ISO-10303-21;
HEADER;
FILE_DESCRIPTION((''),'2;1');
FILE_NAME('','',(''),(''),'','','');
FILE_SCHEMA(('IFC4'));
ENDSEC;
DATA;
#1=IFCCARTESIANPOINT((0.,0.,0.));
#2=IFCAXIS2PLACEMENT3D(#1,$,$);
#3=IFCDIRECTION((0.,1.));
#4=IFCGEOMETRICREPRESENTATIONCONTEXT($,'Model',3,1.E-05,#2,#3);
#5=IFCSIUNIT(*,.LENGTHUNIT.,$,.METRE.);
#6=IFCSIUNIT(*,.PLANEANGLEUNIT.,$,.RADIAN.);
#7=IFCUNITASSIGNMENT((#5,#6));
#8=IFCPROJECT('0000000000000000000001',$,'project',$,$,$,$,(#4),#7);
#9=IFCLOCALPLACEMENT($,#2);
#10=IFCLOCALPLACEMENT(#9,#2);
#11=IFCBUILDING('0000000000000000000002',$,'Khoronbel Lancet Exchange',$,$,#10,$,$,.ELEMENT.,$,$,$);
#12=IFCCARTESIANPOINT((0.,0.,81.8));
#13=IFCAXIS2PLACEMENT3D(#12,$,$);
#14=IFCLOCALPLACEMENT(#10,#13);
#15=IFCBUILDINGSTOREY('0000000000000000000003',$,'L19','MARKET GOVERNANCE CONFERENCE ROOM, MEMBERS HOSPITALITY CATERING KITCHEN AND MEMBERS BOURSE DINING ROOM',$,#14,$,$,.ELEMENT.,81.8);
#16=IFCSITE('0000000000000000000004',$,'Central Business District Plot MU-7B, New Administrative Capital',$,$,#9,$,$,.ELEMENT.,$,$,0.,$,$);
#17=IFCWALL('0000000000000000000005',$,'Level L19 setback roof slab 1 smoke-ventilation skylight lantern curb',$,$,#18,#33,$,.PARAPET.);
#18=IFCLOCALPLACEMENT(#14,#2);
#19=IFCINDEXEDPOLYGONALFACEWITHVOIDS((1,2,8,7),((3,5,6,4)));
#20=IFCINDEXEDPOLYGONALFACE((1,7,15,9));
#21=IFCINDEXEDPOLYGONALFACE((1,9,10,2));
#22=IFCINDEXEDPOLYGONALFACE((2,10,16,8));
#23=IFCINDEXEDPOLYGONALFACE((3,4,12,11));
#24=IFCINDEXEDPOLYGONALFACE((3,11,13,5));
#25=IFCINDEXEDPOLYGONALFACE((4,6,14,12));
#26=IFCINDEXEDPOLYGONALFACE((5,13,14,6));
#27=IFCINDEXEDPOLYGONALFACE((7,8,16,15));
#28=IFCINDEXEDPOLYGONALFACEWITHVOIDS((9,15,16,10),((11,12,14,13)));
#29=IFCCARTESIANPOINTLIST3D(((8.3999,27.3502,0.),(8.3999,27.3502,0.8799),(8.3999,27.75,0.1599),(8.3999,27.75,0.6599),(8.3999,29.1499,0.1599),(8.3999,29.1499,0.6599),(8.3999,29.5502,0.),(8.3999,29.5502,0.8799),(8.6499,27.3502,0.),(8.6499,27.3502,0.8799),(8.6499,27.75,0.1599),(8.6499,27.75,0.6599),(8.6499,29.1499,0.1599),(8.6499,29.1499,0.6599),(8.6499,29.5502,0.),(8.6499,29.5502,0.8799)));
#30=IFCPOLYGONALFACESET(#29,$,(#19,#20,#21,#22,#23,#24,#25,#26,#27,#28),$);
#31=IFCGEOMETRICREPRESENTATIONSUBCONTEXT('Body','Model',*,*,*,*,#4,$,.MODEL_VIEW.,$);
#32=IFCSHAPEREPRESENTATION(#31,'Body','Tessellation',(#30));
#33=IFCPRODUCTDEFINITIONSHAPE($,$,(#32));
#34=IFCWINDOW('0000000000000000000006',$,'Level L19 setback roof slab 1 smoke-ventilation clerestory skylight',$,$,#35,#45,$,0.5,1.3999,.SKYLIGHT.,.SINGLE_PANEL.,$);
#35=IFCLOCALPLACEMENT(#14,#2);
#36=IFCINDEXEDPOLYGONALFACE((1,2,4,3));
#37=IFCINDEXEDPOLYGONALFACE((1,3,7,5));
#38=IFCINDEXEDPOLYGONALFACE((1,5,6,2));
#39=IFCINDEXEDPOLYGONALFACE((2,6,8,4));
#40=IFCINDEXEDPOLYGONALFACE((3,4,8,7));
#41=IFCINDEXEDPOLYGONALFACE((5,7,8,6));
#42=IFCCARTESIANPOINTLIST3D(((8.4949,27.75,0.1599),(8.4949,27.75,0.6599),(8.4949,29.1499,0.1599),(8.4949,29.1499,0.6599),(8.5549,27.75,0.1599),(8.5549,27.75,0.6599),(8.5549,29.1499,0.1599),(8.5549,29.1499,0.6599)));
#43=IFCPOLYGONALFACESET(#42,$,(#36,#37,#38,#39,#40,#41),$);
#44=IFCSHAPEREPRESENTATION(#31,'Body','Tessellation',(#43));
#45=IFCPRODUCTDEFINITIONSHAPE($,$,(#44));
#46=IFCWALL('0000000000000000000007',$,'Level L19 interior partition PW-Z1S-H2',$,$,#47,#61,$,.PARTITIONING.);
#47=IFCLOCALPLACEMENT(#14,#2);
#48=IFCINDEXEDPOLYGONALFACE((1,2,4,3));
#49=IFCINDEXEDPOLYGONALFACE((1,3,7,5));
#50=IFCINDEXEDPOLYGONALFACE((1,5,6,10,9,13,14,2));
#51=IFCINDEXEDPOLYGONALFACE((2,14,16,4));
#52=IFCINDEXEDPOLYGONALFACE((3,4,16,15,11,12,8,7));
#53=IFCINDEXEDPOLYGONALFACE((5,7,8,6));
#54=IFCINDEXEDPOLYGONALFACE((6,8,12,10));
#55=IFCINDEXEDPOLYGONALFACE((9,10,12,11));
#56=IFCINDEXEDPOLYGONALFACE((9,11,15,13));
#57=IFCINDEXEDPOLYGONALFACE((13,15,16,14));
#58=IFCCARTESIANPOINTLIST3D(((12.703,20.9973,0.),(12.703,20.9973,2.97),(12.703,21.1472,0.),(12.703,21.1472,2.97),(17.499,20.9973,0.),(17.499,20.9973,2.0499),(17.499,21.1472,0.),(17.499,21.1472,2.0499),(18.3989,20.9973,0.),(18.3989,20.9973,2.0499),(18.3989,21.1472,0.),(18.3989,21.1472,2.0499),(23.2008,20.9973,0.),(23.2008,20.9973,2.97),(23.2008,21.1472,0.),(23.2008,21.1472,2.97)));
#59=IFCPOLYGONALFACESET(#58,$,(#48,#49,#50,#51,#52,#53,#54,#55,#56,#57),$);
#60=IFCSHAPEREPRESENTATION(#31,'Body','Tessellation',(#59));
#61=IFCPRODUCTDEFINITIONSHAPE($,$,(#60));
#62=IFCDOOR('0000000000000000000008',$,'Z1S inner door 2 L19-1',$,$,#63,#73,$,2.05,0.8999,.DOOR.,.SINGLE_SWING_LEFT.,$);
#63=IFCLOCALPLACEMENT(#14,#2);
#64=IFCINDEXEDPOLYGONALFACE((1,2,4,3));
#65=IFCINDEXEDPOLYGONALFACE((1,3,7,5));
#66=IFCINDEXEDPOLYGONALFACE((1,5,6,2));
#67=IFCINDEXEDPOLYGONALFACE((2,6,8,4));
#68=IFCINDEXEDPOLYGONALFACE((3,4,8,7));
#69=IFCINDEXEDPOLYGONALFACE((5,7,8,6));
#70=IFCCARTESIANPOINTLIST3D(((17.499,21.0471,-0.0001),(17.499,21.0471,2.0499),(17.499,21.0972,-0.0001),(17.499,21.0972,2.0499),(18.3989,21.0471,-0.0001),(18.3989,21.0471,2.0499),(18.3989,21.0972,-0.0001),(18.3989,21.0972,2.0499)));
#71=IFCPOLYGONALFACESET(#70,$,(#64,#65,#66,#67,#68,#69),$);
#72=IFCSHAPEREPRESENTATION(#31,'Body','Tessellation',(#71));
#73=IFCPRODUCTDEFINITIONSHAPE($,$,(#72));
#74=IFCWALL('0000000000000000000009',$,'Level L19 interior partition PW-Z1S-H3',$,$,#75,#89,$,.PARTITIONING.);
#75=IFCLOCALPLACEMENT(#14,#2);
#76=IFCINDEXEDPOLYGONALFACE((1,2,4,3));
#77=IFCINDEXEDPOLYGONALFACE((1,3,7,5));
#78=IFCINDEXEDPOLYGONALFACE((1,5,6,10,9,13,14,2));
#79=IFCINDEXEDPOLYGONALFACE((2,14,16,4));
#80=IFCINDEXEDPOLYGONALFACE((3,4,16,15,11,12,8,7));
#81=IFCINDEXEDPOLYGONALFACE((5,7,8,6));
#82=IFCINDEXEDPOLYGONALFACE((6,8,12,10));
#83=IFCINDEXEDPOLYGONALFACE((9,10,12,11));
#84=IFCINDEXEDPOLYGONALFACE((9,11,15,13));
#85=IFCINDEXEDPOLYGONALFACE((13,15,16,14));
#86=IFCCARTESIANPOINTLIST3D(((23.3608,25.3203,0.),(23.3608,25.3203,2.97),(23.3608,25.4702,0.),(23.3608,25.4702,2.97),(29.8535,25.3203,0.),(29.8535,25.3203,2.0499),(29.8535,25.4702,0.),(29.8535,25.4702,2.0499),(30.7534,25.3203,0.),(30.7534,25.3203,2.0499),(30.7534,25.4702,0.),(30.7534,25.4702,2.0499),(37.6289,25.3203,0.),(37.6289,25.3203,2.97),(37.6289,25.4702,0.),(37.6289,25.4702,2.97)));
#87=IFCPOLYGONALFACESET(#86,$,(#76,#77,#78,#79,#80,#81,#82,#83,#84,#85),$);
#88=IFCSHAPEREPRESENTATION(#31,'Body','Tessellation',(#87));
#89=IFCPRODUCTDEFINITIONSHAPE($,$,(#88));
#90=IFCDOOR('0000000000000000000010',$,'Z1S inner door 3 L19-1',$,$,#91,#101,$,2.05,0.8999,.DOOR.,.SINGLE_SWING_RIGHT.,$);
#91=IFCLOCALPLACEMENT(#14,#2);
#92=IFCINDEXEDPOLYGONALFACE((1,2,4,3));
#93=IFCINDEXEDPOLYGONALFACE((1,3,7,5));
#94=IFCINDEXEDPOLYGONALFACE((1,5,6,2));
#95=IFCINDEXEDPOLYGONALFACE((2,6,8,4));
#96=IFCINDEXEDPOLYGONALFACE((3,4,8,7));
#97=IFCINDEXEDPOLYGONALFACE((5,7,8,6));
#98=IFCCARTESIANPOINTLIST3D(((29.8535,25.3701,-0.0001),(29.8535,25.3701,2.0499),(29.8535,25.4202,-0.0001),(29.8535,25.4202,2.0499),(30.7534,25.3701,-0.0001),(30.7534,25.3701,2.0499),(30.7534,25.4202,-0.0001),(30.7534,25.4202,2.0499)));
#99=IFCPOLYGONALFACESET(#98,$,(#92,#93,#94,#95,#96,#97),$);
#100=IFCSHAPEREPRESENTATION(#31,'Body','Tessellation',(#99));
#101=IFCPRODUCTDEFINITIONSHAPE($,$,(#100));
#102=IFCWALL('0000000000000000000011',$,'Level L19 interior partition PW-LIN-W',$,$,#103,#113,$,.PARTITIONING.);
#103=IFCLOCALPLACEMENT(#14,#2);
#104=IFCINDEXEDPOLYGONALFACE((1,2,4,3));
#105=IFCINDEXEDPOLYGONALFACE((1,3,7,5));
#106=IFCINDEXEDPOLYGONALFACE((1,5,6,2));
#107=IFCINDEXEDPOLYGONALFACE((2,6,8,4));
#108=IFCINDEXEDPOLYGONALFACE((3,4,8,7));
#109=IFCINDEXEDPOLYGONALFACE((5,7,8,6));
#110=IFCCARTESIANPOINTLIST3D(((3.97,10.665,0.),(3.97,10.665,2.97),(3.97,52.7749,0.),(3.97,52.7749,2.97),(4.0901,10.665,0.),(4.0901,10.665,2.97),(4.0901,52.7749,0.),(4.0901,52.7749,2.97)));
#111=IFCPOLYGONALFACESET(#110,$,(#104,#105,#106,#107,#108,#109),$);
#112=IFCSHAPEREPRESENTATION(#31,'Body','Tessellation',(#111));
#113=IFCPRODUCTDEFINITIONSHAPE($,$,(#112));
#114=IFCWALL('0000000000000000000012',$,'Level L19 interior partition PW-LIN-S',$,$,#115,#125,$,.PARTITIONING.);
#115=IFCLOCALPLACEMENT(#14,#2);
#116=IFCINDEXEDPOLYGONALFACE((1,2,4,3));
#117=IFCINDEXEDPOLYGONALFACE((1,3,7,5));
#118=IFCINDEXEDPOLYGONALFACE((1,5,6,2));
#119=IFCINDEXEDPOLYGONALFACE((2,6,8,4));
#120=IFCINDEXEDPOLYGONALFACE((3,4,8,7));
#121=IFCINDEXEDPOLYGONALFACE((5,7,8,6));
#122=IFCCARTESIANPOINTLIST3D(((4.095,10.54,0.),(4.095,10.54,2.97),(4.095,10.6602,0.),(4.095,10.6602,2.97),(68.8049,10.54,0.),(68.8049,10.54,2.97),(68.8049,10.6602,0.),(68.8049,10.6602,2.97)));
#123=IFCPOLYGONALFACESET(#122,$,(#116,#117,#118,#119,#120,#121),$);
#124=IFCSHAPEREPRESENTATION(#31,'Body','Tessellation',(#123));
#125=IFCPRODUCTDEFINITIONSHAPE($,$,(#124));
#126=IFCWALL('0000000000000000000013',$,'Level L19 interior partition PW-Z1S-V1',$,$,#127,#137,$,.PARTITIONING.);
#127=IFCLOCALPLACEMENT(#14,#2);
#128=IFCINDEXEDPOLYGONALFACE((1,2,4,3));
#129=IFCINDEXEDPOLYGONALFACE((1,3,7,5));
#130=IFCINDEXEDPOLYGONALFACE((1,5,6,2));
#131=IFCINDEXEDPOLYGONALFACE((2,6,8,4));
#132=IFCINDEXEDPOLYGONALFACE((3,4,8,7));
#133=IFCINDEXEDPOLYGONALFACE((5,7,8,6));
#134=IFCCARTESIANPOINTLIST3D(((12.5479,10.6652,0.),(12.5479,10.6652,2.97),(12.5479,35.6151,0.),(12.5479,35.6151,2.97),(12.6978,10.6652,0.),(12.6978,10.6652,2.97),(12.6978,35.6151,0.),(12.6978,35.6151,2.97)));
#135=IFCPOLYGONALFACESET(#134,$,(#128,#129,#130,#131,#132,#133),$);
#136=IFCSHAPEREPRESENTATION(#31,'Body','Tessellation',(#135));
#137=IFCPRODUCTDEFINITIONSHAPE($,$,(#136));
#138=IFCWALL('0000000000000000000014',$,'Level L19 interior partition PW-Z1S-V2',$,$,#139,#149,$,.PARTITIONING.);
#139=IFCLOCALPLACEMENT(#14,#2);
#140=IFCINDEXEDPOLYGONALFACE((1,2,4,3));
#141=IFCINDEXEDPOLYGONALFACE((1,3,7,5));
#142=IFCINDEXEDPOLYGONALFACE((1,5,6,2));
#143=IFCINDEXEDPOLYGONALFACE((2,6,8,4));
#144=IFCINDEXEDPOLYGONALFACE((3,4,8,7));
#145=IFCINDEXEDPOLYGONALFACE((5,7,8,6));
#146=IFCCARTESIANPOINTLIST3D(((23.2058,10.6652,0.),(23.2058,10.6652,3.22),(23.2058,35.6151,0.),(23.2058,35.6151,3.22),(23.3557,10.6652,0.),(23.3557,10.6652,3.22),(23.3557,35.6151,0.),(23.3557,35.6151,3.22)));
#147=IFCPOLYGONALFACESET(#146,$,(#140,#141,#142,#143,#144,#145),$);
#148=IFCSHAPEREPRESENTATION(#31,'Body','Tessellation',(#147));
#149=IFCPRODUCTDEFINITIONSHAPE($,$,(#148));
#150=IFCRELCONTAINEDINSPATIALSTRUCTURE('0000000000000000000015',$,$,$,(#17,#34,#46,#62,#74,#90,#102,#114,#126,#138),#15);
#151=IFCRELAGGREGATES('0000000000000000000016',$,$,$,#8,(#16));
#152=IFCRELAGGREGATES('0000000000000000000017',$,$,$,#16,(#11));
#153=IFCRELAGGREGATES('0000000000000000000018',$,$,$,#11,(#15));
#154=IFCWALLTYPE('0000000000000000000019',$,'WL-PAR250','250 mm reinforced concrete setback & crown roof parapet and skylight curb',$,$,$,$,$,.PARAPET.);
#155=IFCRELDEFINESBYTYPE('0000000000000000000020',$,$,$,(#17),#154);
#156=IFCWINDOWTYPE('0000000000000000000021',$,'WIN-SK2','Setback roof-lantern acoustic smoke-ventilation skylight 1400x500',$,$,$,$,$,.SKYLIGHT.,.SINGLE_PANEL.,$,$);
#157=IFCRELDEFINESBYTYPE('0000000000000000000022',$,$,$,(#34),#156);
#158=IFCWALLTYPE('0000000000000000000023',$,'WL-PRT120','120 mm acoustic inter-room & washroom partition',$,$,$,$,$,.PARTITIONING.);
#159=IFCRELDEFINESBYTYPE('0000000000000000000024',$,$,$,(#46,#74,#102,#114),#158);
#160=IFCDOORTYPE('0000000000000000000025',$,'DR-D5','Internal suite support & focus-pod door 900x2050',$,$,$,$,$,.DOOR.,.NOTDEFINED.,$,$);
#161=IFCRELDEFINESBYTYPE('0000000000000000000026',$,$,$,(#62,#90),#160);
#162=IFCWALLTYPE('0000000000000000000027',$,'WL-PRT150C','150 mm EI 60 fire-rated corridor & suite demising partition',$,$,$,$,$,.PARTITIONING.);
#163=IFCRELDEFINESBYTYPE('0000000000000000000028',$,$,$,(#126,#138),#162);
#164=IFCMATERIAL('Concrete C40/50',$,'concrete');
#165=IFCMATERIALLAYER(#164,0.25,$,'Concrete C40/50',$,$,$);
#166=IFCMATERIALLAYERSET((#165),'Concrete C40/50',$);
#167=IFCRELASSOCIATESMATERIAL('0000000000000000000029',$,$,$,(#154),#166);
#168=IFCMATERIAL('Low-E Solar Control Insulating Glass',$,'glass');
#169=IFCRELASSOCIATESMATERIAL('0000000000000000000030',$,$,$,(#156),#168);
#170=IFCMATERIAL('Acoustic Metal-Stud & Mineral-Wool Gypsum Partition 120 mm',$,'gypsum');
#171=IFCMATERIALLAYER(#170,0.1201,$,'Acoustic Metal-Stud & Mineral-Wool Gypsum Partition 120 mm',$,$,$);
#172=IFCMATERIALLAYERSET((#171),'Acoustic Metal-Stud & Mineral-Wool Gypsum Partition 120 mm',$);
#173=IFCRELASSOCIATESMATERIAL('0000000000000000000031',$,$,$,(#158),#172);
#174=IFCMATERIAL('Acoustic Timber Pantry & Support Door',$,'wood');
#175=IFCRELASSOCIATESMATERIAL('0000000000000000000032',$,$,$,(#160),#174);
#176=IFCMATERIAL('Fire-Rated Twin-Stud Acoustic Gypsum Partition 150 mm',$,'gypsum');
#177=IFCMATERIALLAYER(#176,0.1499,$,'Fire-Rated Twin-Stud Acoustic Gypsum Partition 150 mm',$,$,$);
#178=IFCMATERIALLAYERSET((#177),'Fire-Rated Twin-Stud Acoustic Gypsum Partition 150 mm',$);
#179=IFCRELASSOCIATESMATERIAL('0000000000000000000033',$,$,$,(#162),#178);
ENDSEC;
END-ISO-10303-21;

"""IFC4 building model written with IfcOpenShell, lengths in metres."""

from ifc_helpers import new_model, si_unit, direction, frame, frame_2d, origin, place, context, subcontext, project, spatial, rectangle, extrude, material, layer, layer_set, type_object, element, fill, save


model = new_model("IFC4")

# Units and contexts
model_context = context("Model", 3, precision=1e-05, world=origin(), true_north=direction((0.0, 1.0)))
body_context = subcontext(model_context, "Body", "Model", "MODEL_VIEW")
ifc_project = project(units=[si_unit("LENGTHUNIT", "METRE"), si_unit("PLANEANGLEUNIT", "RADIAN")], contexts=[model_context])

# Site, building, storey
site_placement = place(None, origin())
site = spatial("IfcSite", under=ifc_project, at=site_placement, Name="Central Business District Plot MU-7B, New Administrative Capital", CompositionType="ELEMENT", RefElevation=0.0)
building_placement = place(site_placement, origin())
building = spatial("IfcBuilding", under=site, at=building_placement, Name="Khoronbel Lancet Exchange", CompositionType="ELEMENT")
storey_placement = place(building_placement, frame((0.0, 0.0, 81.8)))
storey = spatial("IfcBuildingStorey", under=building, at=storey_placement, Name="L19", Description="MARKET GOVERNANCE CONFERENCE ROOM, MEMBERS HOSPITALITY CATERING KITCHEN AND MEMBERS BOURSE DINING ROOM", CompositionType="ELEMENT", Elevation=81.8)

# Wall, opening, window
ifc_material_1 = material(Name="Concrete C40/50", Category="concrete")
ifc_layer_1 = layer(ifc_material_1, 0.25, Name="Concrete C40/50")
ifc_layer_set_1 = layer_set([ifc_layer_1], Name="Concrete C40/50")
wall_type_1 = type_object("IfcWallType", Name="WL-PAR250", Description="250 mm reinforced concrete setback & crown roof parapet and skylight curb", PredefinedType="PARAPET", material=ifc_layer_set_1)
wall_1_placement = place(storey_placement, frame((8.5249, 27.3501, 0.0), z_axis=(0.0, 0.0, 1.0), x_axis=(0.0, 1.0, 0.0)))
wall_1 = element("IfcWall", 1, at=wall_1_placement, inside=storey, type_object=wall_type_1, Name="Level L19 setback roof slab 1 smoke-ventilation skylight lantern curb", PredefinedType="PARAPET", context=body_context, shape_type="SweptSolid", body=[
    extrude(rectangle(XDim=2.2, YDim=0.25, at=frame_2d((1.1001, 0.0))), origin(), (0.0, 0.0, 1.0), 0.8799),
])
opening_1_placement = place(wall_1_placement, frame((0.3999, 0.0, 0.1599)))
opening_1 = element("IfcOpeningElement", 2, at=opening_1_placement, cuts=wall_1, PredefinedType="OPENING", context=body_context, shape_type="SweptSolid", body=[
    extrude(rectangle(XDim=1.3999, YDim=0.5, at=frame_2d((0.7, 0.25))), frame((0.0, 0.135, 0.0), z_axis=(0.0, -1.0, 0.0), x_axis=(1.0, 0.0, 0.0)), (0.0, 0.0, 1.0), 0.27),
])
ifc_material_2 = material(Name="Low-E Solar Control Insulating Glass", Category="glass")
window_type = type_object("IfcWindowType", Name="WIN-SK2", Description="Setback roof-lantern acoustic smoke-ventilation skylight 1400x500", PartitioningType="SINGLE_PANEL", PredefinedType="SKYLIGHT", material=ifc_material_2)
window_placement = place(opening_1_placement, origin())
window = element("IfcWindow", 3, at=window_placement, inside=storey, type_object=window_type, Name="Level L19 setback roof slab 1 smoke-ventilation clerestory skylight", OverallHeight=0.5, OverallWidth=1.3999, PartitioningType="SINGLE_PANEL", PredefinedType="SKYLIGHT", context=body_context, shape_type="SweptSolid", body=[
    extrude(rectangle(XDim=1.3999, YDim=0.5, at=frame_2d((0.7, 0.25))), frame((0.0, 0.03, 0.0), z_axis=(0.0, -1.0, 0.0), x_axis=(1.0, 0.0, 0.0)), (0.0, 0.0, 1.0), 0.0601),
])
fill(opening_1, window)

# Walls, openings, doors
ifc_material_3 = material(Name="Acoustic Metal-Stud & Mineral-Wool Gypsum Partition 120 mm", Category="gypsum")
ifc_layer_2 = layer(ifc_material_3, 0.1201, Name="Acoustic Metal-Stud & Mineral-Wool Gypsum Partition 120 mm")
ifc_layer_set_2 = layer_set([ifc_layer_2], Name="Acoustic Metal-Stud & Mineral-Wool Gypsum Partition 120 mm")
wall_type_2 = type_object("IfcWallType", Name="WL-PRT120", Description="120 mm acoustic inter-room & washroom partition", PredefinedType="PARTITIONING", material=ifc_layer_set_2)
wall_2_placement = place(storey_placement, frame((12.7029, 21.0723, 0.0), z_axis=(0.0, 0.0, 1.0), x_axis=(1.0, 0.0, 0.0)))
wall_2 = element("IfcWall", 4, at=wall_2_placement, inside=storey, type_object=wall_type_2, Name="Level L19 interior partition PW-Z1S-H2", PredefinedType="PARTITIONING", context=body_context, shape_type="SweptSolid", body=[
    extrude(rectangle(XDim=10.4978, YDim=0.1499, at=frame_2d((5.249, 0.0))), origin(), (0.0, 0.0, 1.0), 2.97),
])
opening_2_placement = place(wall_2_placement, frame((4.7961, 0.0, 0.0)))
opening_2 = element("IfcOpeningElement", 5, at=opening_2_placement, cuts=wall_2, PredefinedType="OPENING", context=body_context, shape_type="SweptSolid", body=[
    extrude(rectangle(XDim=0.8999, YDim=2.05, at=frame_2d((0.45, 1.0249))), frame((0.0, 0.085, 0.0), z_axis=(0.0, -1.0, 0.0), x_axis=(1.0, 0.0, 0.0)), (0.0, 0.0, 1.0), 0.1699),
])
ifc_material_4 = material(Name="Acoustic Timber Pantry & Support Door", Category="wood")
door_type = type_object("IfcDoorType", Name="DR-D5", Description="Internal suite support & focus-pod door 900x2050", OperationType="NOTDEFINED", PredefinedType="DOOR", material=ifc_material_4)
door_1_placement = place(opening_2_placement, origin())
door_1 = element("IfcDoor", 6, at=door_1_placement, inside=storey, type_object=door_type, Name="Z1S inner door 2 L19-1", OperationType="SINGLE_SWING_LEFT", OverallHeight=2.05, OverallWidth=0.8999, PredefinedType="DOOR", context=body_context, shape_type="SweptSolid", body=[
    extrude(rectangle(XDim=0.8999, YDim=2.05, at=frame_2d((0.45, 1.0249))), frame((0.0, 0.0249, 0.0), z_axis=(0.0, -1.0, 0.0), x_axis=(1.0, 0.0, 0.0)), (0.0, 0.0, 1.0), 0.05),
])
fill(opening_2, door_1)
wall_3_placement = place(storey_placement, frame((23.3608, 25.3953, 0.0), z_axis=(0.0, 0.0, 1.0), x_axis=(1.0, 0.0, 0.0)))
wall_3 = element("IfcWall", 7, at=wall_3_placement, inside=storey, type_object=wall_type_2, Name="Level L19 interior partition PW-Z1S-H3", PredefinedType="PARTITIONING", context=body_context, shape_type="SweptSolid", body=[
    extrude(rectangle(XDim=14.2681, YDim=0.1499, at=frame_2d((7.134, 0.0))), origin(), (0.0, 0.0, 1.0), 2.97),
])
opening_3_placement = place(wall_3_placement, frame((6.4927, 0.0, 0.0)))
opening_3 = element("IfcOpeningElement", 8, at=opening_3_placement, cuts=wall_3, PredefinedType="OPENING", context=body_context, shape_type="SweptSolid", body=[
    extrude(rectangle(XDim=0.8999, YDim=2.05, at=frame_2d((0.45, 1.0249))), frame((0.0, 0.085, 0.0), z_axis=(0.0, -1.0, 0.0), x_axis=(1.0, 0.0, 0.0)), (0.0, 0.0, 1.0), 0.1699),
])
door_2_placement = place(opening_3_placement, origin())
door_2 = element("IfcDoor", 9, at=door_2_placement, inside=storey, type_object=door_type, Name="Z1S inner door 3 L19-1", OperationType="SINGLE_SWING_RIGHT", OverallHeight=2.05, OverallWidth=0.8999, PredefinedType="DOOR", context=body_context, shape_type="SweptSolid", body=[
    extrude(rectangle(XDim=0.8999, YDim=2.05, at=frame_2d((0.45, 1.0249))), frame((0.0, 0.0249, 0.0), z_axis=(0.0, -1.0, 0.0), x_axis=(1.0, 0.0, 0.0)), (0.0, 0.0, 1.0), 0.05),
])
fill(opening_3, door_2)

# Walls
wall_4_placement = place(storey_placement, frame((4.03, 10.665, 0.0), z_axis=(0.0, 0.0, 1.0), x_axis=(0.0, 1.0, 0.0)))
element("IfcWall", 10, at=wall_4_placement, inside=storey, type_object=wall_type_2, Name="Level L19 interior partition PW-LIN-W", PredefinedType="PARTITIONING", context=body_context, shape_type="SweptSolid", body=[
    extrude(rectangle(XDim=42.1099, YDim=0.1201, at=frame_2d((21.0549, 0.0))), origin(), (0.0, 0.0, 1.0), 2.97),
])
wall_5_placement = place(storey_placement, frame((4.095, 10.6001, 0.0), z_axis=(0.0, 0.0, 1.0), x_axis=(1.0, 0.0, 0.0)))
element("IfcWall", 11, at=wall_5_placement, inside=storey, type_object=wall_type_2, Name="Level L19 interior partition PW-LIN-S", PredefinedType="PARTITIONING", context=body_context, shape_type="SweptSolid", body=[
    extrude(rectangle(XDim=64.71, YDim=0.1201, at=frame_2d((32.355, 0.0))), origin(), (0.0, 0.0, 1.0), 2.97),
])
ifc_material_5 = material(Name="Fire-Rated Twin-Stud Acoustic Gypsum Partition 150 mm", Category="gypsum")
ifc_layer_3 = layer(ifc_material_5, 0.1499, Name="Fire-Rated Twin-Stud Acoustic Gypsum Partition 150 mm")
ifc_layer_set_3 = layer_set([ifc_layer_3], Name="Fire-Rated Twin-Stud Acoustic Gypsum Partition 150 mm")
wall_type_3 = type_object("IfcWallType", Name="WL-PRT150C", Description="150 mm EI 60 fire-rated corridor & suite demising partition", PredefinedType="PARTITIONING", material=ifc_layer_set_3)
wall_6_placement = place(storey_placement, frame((12.6228, 10.665, 0.0), z_axis=(0.0, 0.0, 1.0), x_axis=(0.0, 1.0, 0.0)))
element("IfcWall", 12, at=wall_6_placement, inside=storey, type_object=wall_type_3, Name="Level L19 interior partition PW-Z1S-V1", PredefinedType="PARTITIONING", context=body_context, shape_type="SweptSolid", body=[
    extrude(rectangle(XDim=24.95, YDim=0.1499, at=frame_2d((12.4751, 0.0))), origin(), (0.0, 0.0, 1.0), 2.97),
])
wall_7_placement = place(storey_placement, frame((23.2808, 10.665, 0.0), z_axis=(0.0, 0.0, 1.0), x_axis=(0.0, 1.0, 0.0)))
element("IfcWall", 13, at=wall_7_placement, inside=storey, type_object=wall_type_3, Name="Level L19 interior partition PW-Z1S-V2", PredefinedType="PARTITIONING", context=body_context, shape_type="SweptSolid", body=[
    extrude(rectangle(XDim=24.95, YDim=0.1499, at=frame_2d((12.4751, 0.0))), origin(), (0.0, 0.0, 1.0), 3.22),
])

save(model, "model.ifc")
